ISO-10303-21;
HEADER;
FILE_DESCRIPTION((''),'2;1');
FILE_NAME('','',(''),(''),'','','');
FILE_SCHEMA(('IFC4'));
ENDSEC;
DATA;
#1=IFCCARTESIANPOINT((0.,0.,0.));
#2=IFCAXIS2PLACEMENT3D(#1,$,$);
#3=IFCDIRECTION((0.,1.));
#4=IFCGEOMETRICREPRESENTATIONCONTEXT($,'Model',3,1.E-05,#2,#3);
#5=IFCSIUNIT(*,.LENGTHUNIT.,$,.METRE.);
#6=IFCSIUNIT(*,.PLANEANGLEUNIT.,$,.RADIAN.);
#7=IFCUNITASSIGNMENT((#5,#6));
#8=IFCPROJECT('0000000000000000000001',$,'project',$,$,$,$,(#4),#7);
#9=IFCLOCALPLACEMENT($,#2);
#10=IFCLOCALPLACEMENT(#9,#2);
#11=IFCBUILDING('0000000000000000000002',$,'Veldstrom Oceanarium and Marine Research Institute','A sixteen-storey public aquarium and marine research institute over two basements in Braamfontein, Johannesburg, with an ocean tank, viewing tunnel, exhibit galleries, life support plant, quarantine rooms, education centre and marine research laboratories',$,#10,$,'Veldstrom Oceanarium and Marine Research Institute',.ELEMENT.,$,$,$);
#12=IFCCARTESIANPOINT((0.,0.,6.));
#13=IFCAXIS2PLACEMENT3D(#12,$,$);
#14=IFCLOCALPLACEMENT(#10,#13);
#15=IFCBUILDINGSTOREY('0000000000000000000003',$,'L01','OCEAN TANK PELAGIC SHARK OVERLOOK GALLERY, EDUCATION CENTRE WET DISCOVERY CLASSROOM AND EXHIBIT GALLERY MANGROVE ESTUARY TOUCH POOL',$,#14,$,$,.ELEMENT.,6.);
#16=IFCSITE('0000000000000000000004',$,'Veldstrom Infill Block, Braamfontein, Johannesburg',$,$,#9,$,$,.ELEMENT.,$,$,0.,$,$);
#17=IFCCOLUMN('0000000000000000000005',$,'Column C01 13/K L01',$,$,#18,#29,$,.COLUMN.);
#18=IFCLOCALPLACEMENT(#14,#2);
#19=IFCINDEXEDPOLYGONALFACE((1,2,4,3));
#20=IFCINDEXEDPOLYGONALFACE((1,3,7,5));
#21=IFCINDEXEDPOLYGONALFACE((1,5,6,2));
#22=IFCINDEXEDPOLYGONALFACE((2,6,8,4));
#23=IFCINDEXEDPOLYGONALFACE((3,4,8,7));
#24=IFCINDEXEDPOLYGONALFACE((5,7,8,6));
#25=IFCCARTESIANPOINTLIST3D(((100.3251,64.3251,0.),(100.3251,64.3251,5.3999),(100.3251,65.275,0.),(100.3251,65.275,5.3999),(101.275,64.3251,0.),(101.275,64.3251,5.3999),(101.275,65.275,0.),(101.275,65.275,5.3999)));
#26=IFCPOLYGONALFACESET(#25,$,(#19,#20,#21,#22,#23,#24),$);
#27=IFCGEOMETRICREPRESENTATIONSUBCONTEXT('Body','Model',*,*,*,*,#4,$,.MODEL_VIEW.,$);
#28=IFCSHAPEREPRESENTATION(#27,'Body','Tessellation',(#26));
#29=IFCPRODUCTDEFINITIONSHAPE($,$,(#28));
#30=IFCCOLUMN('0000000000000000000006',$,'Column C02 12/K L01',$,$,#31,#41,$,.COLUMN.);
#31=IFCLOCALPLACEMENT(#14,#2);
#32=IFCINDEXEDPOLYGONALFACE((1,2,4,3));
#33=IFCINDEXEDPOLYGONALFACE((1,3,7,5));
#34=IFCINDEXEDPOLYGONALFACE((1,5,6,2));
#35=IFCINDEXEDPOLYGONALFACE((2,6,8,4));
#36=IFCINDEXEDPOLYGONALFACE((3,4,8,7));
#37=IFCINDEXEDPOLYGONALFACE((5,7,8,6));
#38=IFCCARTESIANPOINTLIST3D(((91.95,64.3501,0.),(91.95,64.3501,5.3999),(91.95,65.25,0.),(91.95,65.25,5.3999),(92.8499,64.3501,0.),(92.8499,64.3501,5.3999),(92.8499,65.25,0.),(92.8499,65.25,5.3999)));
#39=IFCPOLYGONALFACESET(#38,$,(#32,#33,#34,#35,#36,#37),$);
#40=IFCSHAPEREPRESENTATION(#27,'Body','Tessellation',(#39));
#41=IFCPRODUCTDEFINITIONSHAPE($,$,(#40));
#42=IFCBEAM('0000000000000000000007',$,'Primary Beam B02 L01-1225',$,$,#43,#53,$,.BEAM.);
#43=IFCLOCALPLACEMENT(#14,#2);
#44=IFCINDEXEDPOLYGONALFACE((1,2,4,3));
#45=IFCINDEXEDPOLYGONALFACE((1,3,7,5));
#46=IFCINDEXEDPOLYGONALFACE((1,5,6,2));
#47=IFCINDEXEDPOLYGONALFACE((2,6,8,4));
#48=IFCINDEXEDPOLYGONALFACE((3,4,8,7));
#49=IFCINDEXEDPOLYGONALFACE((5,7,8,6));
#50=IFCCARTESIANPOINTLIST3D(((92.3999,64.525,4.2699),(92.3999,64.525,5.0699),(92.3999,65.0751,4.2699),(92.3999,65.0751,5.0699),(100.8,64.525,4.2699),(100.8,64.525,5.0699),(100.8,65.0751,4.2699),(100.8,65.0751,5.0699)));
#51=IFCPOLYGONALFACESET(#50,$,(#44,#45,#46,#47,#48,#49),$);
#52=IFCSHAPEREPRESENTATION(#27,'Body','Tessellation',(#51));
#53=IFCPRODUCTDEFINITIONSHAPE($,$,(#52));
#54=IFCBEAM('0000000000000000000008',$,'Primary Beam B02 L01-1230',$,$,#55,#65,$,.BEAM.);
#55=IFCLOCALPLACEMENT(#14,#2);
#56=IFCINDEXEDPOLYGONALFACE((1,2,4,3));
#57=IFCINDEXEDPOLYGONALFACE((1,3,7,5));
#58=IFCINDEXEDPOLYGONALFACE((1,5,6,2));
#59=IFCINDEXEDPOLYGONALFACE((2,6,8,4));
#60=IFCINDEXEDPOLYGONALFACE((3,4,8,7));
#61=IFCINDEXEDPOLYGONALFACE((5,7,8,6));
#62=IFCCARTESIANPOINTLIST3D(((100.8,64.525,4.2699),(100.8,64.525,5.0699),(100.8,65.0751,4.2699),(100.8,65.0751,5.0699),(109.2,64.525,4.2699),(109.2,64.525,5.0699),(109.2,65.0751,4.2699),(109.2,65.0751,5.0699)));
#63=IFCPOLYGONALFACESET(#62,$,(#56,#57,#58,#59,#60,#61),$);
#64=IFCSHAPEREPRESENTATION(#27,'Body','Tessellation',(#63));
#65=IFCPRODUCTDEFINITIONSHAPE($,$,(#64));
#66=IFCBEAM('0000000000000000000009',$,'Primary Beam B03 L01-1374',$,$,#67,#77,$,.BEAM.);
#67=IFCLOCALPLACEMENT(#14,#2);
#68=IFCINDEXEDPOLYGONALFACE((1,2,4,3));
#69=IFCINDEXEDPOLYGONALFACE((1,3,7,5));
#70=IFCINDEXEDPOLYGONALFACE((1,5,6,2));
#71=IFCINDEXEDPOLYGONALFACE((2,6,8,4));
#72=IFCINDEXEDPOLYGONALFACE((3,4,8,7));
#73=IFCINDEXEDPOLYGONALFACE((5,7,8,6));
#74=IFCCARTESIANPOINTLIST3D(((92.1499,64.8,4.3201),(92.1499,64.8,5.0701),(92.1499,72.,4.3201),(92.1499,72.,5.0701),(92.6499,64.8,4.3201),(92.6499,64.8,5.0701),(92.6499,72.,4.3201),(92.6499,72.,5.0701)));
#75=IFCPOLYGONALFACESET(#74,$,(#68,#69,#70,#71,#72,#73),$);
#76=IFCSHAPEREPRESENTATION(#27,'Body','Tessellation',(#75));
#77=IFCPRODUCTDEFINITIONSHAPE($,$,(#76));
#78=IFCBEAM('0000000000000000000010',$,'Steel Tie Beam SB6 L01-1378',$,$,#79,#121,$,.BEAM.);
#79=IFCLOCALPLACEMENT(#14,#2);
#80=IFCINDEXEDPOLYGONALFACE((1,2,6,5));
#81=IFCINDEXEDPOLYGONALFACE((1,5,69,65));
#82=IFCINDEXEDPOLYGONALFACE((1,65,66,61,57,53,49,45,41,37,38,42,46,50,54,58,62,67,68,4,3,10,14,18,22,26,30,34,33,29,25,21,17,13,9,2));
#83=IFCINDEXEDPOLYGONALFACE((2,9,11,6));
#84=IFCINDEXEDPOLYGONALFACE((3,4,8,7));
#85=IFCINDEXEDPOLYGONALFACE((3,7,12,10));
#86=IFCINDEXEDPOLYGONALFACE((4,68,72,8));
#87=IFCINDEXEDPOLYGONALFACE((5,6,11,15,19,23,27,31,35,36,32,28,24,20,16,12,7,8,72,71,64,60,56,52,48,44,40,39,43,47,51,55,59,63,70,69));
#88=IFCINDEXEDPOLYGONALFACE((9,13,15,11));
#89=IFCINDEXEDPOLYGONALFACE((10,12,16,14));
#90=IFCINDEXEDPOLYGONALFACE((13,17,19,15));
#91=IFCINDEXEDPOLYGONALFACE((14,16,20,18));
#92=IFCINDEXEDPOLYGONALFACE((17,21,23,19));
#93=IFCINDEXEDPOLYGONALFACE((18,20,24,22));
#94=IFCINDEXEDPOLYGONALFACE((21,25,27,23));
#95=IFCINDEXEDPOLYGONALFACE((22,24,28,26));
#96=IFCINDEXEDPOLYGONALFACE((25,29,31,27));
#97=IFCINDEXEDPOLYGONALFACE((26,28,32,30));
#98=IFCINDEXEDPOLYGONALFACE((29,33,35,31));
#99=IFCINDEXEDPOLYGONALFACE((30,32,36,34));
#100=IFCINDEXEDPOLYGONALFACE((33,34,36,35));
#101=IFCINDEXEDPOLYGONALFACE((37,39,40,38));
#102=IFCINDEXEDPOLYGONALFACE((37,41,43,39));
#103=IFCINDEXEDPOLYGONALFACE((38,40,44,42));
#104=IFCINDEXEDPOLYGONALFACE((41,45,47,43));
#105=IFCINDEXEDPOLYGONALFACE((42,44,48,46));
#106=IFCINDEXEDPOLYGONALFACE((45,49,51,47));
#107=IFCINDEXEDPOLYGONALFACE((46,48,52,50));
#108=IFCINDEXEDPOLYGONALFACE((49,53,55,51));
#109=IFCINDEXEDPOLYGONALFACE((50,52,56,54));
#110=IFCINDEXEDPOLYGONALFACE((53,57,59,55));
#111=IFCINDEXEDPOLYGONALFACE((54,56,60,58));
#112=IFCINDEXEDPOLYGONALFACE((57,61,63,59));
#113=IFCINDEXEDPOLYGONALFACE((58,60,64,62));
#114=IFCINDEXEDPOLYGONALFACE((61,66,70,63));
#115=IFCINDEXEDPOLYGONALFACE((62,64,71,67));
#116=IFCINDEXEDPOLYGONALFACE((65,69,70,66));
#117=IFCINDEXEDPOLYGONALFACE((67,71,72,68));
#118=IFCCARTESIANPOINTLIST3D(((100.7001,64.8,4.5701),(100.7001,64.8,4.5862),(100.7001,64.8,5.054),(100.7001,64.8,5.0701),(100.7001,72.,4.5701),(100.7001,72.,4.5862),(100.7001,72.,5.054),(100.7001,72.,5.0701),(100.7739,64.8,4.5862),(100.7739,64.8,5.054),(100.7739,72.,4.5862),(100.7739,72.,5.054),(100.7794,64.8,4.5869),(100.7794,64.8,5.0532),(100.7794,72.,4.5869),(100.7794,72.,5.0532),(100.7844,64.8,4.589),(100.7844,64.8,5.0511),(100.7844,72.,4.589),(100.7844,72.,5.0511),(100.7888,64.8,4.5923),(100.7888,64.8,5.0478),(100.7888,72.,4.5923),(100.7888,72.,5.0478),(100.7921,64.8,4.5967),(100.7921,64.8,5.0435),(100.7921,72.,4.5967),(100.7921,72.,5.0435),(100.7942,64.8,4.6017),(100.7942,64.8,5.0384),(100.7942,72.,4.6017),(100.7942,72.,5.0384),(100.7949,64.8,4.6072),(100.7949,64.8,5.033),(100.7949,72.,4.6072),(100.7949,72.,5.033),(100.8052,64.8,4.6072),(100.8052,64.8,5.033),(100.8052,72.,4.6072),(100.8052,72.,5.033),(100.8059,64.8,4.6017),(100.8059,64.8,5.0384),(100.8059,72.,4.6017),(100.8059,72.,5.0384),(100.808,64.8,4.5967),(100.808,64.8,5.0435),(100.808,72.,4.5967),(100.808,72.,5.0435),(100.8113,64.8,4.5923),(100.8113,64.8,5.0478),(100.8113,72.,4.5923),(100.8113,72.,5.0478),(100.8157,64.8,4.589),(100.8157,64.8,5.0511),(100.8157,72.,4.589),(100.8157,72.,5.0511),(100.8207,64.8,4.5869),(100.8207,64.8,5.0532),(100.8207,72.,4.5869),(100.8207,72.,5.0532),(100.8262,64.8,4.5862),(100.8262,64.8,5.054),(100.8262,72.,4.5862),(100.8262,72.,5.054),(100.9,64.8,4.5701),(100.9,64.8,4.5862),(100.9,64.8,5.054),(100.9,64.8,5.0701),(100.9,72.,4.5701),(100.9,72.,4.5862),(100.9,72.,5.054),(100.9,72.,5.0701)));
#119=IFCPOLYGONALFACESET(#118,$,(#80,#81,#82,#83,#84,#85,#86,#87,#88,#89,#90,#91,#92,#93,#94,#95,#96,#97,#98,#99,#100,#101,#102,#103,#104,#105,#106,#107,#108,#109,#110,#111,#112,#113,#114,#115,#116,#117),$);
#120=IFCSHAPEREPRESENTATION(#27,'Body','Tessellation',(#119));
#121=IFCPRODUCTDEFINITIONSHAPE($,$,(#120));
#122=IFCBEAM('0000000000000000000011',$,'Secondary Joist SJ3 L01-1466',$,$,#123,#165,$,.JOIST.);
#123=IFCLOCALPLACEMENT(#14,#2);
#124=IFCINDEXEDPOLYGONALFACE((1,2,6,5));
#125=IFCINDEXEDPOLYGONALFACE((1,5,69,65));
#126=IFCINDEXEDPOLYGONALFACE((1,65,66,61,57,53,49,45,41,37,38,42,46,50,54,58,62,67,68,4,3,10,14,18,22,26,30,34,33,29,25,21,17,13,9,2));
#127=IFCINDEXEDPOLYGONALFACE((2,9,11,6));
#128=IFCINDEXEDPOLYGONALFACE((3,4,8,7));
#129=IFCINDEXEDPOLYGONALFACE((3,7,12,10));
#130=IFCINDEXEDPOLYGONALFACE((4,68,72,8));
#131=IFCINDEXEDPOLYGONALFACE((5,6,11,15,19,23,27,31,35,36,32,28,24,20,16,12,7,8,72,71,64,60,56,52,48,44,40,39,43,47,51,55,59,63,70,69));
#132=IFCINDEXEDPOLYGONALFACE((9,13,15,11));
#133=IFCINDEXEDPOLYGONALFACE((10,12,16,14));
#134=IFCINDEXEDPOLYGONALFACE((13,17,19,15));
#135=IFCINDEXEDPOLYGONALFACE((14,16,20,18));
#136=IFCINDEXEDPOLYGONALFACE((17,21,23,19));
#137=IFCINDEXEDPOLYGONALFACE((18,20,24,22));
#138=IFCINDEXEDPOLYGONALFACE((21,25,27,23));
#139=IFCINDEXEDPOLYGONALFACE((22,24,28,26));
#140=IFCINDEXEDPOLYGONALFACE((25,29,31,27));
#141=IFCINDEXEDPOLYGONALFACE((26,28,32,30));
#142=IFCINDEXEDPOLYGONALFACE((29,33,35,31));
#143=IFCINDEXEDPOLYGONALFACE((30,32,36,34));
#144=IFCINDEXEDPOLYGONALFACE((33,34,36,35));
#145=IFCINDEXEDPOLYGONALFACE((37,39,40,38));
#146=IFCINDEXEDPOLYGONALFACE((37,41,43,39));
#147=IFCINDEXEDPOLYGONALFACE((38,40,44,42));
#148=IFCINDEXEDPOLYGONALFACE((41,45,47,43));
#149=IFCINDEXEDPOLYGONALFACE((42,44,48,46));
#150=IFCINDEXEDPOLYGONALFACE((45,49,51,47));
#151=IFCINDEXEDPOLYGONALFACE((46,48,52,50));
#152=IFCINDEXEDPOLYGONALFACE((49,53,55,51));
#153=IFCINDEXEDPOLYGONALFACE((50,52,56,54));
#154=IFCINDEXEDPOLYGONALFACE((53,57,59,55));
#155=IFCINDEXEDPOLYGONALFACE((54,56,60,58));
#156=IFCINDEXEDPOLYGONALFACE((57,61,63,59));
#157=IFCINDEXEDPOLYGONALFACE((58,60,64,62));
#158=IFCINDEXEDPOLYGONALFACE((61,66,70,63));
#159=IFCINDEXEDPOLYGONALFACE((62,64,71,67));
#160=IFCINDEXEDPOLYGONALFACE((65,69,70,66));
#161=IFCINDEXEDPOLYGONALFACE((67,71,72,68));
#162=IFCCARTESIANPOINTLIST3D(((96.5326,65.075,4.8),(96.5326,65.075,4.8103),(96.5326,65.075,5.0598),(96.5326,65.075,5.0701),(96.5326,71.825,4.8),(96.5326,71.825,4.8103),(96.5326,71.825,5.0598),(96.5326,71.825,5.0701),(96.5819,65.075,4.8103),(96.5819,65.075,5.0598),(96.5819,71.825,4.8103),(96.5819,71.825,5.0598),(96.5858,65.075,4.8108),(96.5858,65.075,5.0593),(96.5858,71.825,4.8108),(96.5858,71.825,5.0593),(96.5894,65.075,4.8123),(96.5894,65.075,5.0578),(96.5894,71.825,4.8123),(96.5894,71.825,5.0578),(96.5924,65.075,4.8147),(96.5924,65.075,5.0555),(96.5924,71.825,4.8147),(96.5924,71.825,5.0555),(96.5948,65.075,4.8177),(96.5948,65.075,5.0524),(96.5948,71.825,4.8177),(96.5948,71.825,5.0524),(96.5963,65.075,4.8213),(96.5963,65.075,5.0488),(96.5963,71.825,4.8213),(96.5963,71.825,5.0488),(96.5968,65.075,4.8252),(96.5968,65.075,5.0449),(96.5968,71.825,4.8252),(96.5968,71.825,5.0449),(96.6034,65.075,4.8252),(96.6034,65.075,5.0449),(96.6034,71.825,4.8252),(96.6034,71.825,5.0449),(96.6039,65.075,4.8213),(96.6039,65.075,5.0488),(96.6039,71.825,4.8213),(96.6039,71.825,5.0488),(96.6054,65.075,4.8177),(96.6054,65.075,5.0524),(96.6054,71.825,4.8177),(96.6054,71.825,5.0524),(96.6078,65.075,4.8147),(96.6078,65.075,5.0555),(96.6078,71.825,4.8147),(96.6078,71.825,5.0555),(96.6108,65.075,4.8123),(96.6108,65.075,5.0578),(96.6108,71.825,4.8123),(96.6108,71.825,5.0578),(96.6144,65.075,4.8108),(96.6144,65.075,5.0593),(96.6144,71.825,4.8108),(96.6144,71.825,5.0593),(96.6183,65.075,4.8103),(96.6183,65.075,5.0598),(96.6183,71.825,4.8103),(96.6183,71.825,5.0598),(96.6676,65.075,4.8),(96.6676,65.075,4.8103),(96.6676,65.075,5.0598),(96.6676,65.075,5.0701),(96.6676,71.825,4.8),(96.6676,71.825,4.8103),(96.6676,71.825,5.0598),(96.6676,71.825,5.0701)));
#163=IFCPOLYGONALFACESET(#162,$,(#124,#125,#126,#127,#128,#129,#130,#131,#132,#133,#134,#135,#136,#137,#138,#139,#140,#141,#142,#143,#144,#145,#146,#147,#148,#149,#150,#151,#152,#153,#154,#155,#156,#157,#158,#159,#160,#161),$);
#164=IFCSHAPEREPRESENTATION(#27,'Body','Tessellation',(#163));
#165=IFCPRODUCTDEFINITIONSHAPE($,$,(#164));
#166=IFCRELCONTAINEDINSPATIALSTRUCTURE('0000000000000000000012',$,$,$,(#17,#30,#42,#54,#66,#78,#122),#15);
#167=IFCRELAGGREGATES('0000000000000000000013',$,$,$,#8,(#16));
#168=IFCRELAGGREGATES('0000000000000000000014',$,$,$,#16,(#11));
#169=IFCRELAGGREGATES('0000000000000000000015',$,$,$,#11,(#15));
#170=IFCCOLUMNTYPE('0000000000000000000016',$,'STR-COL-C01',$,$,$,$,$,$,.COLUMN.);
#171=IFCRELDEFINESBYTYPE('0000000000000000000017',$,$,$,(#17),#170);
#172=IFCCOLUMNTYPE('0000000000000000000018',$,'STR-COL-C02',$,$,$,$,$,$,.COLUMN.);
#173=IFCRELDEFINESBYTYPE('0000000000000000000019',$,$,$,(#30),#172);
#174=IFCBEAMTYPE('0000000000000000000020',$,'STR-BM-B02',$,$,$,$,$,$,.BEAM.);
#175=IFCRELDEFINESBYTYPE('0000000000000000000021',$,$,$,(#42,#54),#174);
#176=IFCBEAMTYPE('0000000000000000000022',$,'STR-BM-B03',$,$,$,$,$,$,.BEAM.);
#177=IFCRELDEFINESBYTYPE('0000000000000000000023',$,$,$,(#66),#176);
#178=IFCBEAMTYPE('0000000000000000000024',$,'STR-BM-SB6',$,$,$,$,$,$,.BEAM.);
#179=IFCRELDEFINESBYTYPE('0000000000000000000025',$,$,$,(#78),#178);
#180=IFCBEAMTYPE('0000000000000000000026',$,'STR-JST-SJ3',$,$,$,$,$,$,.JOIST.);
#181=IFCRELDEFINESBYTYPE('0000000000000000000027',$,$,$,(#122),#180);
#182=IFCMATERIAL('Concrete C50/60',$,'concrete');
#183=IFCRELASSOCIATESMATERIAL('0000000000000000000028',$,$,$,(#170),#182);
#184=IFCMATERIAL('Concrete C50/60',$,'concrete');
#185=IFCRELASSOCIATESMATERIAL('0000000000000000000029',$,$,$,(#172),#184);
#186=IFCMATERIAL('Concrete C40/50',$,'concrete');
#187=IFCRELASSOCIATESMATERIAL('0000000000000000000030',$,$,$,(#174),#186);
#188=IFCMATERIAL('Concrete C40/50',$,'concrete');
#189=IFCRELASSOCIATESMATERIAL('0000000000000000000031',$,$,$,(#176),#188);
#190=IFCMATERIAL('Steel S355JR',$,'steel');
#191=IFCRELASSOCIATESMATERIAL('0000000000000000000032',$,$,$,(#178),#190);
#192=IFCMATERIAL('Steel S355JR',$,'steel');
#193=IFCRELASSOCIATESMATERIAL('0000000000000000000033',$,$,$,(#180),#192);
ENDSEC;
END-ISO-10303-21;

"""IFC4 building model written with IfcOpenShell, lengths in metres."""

from ifc_helpers import new_model, si_unit, direction, frame, origin, origin_2d, place, context, subcontext, project, spatial, rectangle, i_section, extrude, material, material_profile, profile_set, type_object, element, save


model = new_model("IFC4")

# Units and contexts
model_context = context("Model", 3, precision=1e-05, world=origin(), true_north=direction((0.0, 1.0)))
body_context = subcontext(model_context, "Body", "Model", "MODEL_VIEW")
ifc_project = project(units=[si_unit("LENGTHUNIT", "METRE"), si_unit("PLANEANGLEUNIT", "RADIAN")], contexts=[model_context])

# Site, building, storey
site_placement = place(None, origin())
site = spatial("IfcSite", under=ifc_project, at=site_placement, Name="Veldstrom Infill Block, Braamfontein, Johannesburg", CompositionType="ELEMENT", RefElevation=0.0)
building_placement = place(site_placement, origin())
building = spatial("IfcBuilding", under=site, at=building_placement, Name="Veldstrom Oceanarium and Marine Research Institute", Description="A sixteen-storey public aquarium and marine research institute over two basements in Braamfontein, Johannesburg, with an ocean tank, viewing tunnel, exhibit galleries, life support plant, quarantine rooms, education centre and marine research laboratories", LongName="Veldstrom Oceanarium and Marine Research Institute", CompositionType="ELEMENT")
storey_placement = place(building_placement, frame((0.0, 0.0, 6.0)))
storey = spatial("IfcBuildingStorey", under=building, at=storey_placement, Name="L01", Description="OCEAN TANK PELAGIC SHARK OVERLOOK GALLERY, EDUCATION CENTRE WET DISCOVERY CLASSROOM AND EXHIBIT GALLERY MANGROVE ESTUARY TOUCH POOL", CompositionType="ELEMENT", Elevation=6.0)

# Columns
ifc_material_1 = material(Name="Concrete C50/60", Category="concrete")
ifc_material_profile_1 = material_profile(ifc_material_1, rectangle(XDim=0.95, YDim=0.95, at=origin_2d()), Name="RC-COL-950x950")
ifc_profile_set_1 = profile_set([ifc_material_profile_1], Name="Concrete C50/60")
column_type_1 = type_object("IfcColumnType", Name="STR-COL-C01", PredefinedType="COLUMN", material=ifc_profile_set_1)
column_1_placement = place(storey_placement, frame((100.8, 64.8, 0.0), z_axis=(0.0, 0.0, 1.0), x_axis=(1.0, 0.0, 0.0)))
element("IfcColumn", 1, at=column_1_placement, inside=storey, type_object=column_type_1, Name="Column C01 13/K L01", PredefinedType="COLUMN", context=body_context, shape_type="SweptSolid", body=[
    extrude(rectangle(XDim=0.95, YDim=0.95, at=origin_2d()), origin(), (0.0, 0.0, 1.0), 5.3999),
])
ifc_material_2 = material(Name="Concrete C50/60", Category="concrete")
ifc_material_profile_2 = material_profile(ifc_material_2, rectangle(XDim=0.8999, YDim=0.8999, at=origin_2d()), Name="RC-COL-900x900")
ifc_profile_set_2 = profile_set([ifc_material_profile_2], Name="Concrete C50/60")
column_type_2 = type_object("IfcColumnType", Name="STR-COL-C02", PredefinedType="COLUMN", material=ifc_profile_set_2)
column_2_placement = place(storey_placement, frame((92.3999, 64.8, 0.0), z_axis=(0.0, 0.0, 1.0), x_axis=(1.0, 0.0, 0.0)))
element("IfcColumn", 2, at=column_2_placement, inside=storey, type_object=column_type_2, Name="Column C02 12/K L01", PredefinedType="COLUMN", context=body_context, shape_type="SweptSolid", body=[
    extrude(rectangle(XDim=0.8999, YDim=0.8999, at=origin_2d()), origin(), (0.0, 0.0, 1.0), 5.3999),
])

# Beams
ifc_material_3 = material(Name="Concrete C40/50", Category="concrete")
ifc_material_profile_3 = material_profile(ifc_material_3, rectangle(XDim=0.55, YDim=0.8, at=origin_2d()), Name="RC-BM-550x800")
ifc_profile_set_3 = profile_set([ifc_material_profile_3], Name="Concrete C40/50")
beam_type_1 = type_object("IfcBeamType", Name="STR-BM-B02", PredefinedType="BEAM", material=ifc_profile_set_3)
beam_1_placement = place(storey_placement, frame((92.3999, 64.8, 4.6699), z_axis=(1.0, 0.0, 0.0), x_axis=(0.0, 1.0, 0.0)))
element("IfcBeam", 3, at=beam_1_placement, inside=storey, type_object=beam_type_1, Name="Primary Beam B02 L01-1225", PredefinedType="BEAM", context=body_context, shape_type="SweptSolid", body=[
    extrude(rectangle(XDim=0.55, YDim=0.8, at=origin_2d()), origin(), (0.0, 0.0, 1.0), 8.4001),
])
beam_2_placement = place(storey_placement, frame((100.8, 64.8, 4.6699), z_axis=(1.0, 0.0, 0.0), x_axis=(0.0, 1.0, 0.0)))
element("IfcBeam", 4, at=beam_2_placement, inside=storey, type_object=beam_type_1, Name="Primary Beam B02 L01-1230", PredefinedType="BEAM", context=body_context, shape_type="SweptSolid", body=[
    extrude(rectangle(XDim=0.55, YDim=0.8, at=origin_2d()), origin(), (0.0, 0.0, 1.0), 8.3999),
])
ifc_material_4 = material(Name="Concrete C40/50", Category="concrete")
ifc_material_profile_4 = material_profile(ifc_material_4, rectangle(XDim=0.5, YDim=0.75, at=origin_2d()), Name="RC-BM-500x750")
ifc_profile_set_4 = profile_set([ifc_material_profile_4], Name="Concrete C40/50")
beam_type_2 = type_object("IfcBeamType", Name="STR-BM-B03", PredefinedType="BEAM", material=ifc_profile_set_4)
beam_3_placement = place(storey_placement, frame((92.3999, 64.8, 4.6951), z_axis=(0.0, 1.0, 0.0), x_axis=(-1.0, 0.0, 0.0)))
element("IfcBeam", 5, at=beam_3_placement, inside=storey, type_object=beam_type_2, Name="Primary Beam B03 L01-1374", PredefinedType="BEAM", context=body_context, shape_type="SweptSolid", body=[
    extrude(rectangle(XDim=0.5, YDim=0.75, at=origin_2d()), origin(), (0.0, 0.0, 1.0), 7.2),
])
ifc_material_5 = material(Name="Steel S355JR", Category="steel")
ifc_material_profile_5 = material_profile(ifc_material_5, i_section(OverallWidth=0.2, OverallDepth=0.5, WebThickness=0.0103, FlangeThickness=0.0161, FilletRadius=0.021, at=origin_2d()), Name="IPE 500")
ifc_profile_set_5 = profile_set([ifc_material_profile_5], Name="Steel S355JR")
beam_type_3 = type_object("IfcBeamType", Name="STR-BM-SB6", PredefinedType="BEAM", material=ifc_profile_set_5)
beam_4_placement = place(storey_placement, frame((100.8, 64.8, 4.8201), z_axis=(0.0, 1.0, 0.0), x_axis=(-1.0, 0.0, 0.0)))
element("IfcBeam", 6, at=beam_4_placement, inside=storey, type_object=beam_type_3, Name="Steel Tie Beam SB6 L01-1378", PredefinedType="BEAM", context=body_context, shape_type="SweptSolid", body=[
    extrude(i_section(OverallWidth=0.2, OverallDepth=0.5, WebThickness=0.0103, FlangeThickness=0.0161, FilletRadius=0.021, at=origin_2d()), origin(), (0.0, 0.0, 1.0), 7.2),
])
ifc_material_6 = material(Name="Steel S355JR", Category="steel")
ifc_material_profile_6 = material_profile(ifc_material_6, i_section(OverallWidth=0.135, OverallDepth=0.27, WebThickness=0.0066, FlangeThickness=0.0103, FilletRadius=0.0149, at=origin_2d()), Name="IPE 270")
ifc_profile_set_6 = profile_set([ifc_material_profile_6], Name="Steel S355JR")
beam_type_4 = type_object("IfcBeamType", Name="STR-JST-SJ3", PredefinedType="JOIST", material=ifc_profile_set_6)
beam_5_placement = place(storey_placement, frame((96.6001, 65.075, 4.9351), z_axis=(0.0, 1.0, 0.0), x_axis=(-1.0, 0.0, 0.0)))
element("IfcBeam", 7, at=beam_5_placement, inside=storey, type_object=beam_type_4, Name="Secondary Joist SJ3 L01-1466", PredefinedType="JOIST", context=body_context, shape_type="SweptSolid", body=[
    extrude(i_section(OverallWidth=0.135, OverallDepth=0.27, WebThickness=0.0066, FlangeThickness=0.0103, FilletRadius=0.0149, at=origin_2d()), origin(), (0.0, 0.0, 1.0), 6.75),
])

save(model, "model.ifc")
